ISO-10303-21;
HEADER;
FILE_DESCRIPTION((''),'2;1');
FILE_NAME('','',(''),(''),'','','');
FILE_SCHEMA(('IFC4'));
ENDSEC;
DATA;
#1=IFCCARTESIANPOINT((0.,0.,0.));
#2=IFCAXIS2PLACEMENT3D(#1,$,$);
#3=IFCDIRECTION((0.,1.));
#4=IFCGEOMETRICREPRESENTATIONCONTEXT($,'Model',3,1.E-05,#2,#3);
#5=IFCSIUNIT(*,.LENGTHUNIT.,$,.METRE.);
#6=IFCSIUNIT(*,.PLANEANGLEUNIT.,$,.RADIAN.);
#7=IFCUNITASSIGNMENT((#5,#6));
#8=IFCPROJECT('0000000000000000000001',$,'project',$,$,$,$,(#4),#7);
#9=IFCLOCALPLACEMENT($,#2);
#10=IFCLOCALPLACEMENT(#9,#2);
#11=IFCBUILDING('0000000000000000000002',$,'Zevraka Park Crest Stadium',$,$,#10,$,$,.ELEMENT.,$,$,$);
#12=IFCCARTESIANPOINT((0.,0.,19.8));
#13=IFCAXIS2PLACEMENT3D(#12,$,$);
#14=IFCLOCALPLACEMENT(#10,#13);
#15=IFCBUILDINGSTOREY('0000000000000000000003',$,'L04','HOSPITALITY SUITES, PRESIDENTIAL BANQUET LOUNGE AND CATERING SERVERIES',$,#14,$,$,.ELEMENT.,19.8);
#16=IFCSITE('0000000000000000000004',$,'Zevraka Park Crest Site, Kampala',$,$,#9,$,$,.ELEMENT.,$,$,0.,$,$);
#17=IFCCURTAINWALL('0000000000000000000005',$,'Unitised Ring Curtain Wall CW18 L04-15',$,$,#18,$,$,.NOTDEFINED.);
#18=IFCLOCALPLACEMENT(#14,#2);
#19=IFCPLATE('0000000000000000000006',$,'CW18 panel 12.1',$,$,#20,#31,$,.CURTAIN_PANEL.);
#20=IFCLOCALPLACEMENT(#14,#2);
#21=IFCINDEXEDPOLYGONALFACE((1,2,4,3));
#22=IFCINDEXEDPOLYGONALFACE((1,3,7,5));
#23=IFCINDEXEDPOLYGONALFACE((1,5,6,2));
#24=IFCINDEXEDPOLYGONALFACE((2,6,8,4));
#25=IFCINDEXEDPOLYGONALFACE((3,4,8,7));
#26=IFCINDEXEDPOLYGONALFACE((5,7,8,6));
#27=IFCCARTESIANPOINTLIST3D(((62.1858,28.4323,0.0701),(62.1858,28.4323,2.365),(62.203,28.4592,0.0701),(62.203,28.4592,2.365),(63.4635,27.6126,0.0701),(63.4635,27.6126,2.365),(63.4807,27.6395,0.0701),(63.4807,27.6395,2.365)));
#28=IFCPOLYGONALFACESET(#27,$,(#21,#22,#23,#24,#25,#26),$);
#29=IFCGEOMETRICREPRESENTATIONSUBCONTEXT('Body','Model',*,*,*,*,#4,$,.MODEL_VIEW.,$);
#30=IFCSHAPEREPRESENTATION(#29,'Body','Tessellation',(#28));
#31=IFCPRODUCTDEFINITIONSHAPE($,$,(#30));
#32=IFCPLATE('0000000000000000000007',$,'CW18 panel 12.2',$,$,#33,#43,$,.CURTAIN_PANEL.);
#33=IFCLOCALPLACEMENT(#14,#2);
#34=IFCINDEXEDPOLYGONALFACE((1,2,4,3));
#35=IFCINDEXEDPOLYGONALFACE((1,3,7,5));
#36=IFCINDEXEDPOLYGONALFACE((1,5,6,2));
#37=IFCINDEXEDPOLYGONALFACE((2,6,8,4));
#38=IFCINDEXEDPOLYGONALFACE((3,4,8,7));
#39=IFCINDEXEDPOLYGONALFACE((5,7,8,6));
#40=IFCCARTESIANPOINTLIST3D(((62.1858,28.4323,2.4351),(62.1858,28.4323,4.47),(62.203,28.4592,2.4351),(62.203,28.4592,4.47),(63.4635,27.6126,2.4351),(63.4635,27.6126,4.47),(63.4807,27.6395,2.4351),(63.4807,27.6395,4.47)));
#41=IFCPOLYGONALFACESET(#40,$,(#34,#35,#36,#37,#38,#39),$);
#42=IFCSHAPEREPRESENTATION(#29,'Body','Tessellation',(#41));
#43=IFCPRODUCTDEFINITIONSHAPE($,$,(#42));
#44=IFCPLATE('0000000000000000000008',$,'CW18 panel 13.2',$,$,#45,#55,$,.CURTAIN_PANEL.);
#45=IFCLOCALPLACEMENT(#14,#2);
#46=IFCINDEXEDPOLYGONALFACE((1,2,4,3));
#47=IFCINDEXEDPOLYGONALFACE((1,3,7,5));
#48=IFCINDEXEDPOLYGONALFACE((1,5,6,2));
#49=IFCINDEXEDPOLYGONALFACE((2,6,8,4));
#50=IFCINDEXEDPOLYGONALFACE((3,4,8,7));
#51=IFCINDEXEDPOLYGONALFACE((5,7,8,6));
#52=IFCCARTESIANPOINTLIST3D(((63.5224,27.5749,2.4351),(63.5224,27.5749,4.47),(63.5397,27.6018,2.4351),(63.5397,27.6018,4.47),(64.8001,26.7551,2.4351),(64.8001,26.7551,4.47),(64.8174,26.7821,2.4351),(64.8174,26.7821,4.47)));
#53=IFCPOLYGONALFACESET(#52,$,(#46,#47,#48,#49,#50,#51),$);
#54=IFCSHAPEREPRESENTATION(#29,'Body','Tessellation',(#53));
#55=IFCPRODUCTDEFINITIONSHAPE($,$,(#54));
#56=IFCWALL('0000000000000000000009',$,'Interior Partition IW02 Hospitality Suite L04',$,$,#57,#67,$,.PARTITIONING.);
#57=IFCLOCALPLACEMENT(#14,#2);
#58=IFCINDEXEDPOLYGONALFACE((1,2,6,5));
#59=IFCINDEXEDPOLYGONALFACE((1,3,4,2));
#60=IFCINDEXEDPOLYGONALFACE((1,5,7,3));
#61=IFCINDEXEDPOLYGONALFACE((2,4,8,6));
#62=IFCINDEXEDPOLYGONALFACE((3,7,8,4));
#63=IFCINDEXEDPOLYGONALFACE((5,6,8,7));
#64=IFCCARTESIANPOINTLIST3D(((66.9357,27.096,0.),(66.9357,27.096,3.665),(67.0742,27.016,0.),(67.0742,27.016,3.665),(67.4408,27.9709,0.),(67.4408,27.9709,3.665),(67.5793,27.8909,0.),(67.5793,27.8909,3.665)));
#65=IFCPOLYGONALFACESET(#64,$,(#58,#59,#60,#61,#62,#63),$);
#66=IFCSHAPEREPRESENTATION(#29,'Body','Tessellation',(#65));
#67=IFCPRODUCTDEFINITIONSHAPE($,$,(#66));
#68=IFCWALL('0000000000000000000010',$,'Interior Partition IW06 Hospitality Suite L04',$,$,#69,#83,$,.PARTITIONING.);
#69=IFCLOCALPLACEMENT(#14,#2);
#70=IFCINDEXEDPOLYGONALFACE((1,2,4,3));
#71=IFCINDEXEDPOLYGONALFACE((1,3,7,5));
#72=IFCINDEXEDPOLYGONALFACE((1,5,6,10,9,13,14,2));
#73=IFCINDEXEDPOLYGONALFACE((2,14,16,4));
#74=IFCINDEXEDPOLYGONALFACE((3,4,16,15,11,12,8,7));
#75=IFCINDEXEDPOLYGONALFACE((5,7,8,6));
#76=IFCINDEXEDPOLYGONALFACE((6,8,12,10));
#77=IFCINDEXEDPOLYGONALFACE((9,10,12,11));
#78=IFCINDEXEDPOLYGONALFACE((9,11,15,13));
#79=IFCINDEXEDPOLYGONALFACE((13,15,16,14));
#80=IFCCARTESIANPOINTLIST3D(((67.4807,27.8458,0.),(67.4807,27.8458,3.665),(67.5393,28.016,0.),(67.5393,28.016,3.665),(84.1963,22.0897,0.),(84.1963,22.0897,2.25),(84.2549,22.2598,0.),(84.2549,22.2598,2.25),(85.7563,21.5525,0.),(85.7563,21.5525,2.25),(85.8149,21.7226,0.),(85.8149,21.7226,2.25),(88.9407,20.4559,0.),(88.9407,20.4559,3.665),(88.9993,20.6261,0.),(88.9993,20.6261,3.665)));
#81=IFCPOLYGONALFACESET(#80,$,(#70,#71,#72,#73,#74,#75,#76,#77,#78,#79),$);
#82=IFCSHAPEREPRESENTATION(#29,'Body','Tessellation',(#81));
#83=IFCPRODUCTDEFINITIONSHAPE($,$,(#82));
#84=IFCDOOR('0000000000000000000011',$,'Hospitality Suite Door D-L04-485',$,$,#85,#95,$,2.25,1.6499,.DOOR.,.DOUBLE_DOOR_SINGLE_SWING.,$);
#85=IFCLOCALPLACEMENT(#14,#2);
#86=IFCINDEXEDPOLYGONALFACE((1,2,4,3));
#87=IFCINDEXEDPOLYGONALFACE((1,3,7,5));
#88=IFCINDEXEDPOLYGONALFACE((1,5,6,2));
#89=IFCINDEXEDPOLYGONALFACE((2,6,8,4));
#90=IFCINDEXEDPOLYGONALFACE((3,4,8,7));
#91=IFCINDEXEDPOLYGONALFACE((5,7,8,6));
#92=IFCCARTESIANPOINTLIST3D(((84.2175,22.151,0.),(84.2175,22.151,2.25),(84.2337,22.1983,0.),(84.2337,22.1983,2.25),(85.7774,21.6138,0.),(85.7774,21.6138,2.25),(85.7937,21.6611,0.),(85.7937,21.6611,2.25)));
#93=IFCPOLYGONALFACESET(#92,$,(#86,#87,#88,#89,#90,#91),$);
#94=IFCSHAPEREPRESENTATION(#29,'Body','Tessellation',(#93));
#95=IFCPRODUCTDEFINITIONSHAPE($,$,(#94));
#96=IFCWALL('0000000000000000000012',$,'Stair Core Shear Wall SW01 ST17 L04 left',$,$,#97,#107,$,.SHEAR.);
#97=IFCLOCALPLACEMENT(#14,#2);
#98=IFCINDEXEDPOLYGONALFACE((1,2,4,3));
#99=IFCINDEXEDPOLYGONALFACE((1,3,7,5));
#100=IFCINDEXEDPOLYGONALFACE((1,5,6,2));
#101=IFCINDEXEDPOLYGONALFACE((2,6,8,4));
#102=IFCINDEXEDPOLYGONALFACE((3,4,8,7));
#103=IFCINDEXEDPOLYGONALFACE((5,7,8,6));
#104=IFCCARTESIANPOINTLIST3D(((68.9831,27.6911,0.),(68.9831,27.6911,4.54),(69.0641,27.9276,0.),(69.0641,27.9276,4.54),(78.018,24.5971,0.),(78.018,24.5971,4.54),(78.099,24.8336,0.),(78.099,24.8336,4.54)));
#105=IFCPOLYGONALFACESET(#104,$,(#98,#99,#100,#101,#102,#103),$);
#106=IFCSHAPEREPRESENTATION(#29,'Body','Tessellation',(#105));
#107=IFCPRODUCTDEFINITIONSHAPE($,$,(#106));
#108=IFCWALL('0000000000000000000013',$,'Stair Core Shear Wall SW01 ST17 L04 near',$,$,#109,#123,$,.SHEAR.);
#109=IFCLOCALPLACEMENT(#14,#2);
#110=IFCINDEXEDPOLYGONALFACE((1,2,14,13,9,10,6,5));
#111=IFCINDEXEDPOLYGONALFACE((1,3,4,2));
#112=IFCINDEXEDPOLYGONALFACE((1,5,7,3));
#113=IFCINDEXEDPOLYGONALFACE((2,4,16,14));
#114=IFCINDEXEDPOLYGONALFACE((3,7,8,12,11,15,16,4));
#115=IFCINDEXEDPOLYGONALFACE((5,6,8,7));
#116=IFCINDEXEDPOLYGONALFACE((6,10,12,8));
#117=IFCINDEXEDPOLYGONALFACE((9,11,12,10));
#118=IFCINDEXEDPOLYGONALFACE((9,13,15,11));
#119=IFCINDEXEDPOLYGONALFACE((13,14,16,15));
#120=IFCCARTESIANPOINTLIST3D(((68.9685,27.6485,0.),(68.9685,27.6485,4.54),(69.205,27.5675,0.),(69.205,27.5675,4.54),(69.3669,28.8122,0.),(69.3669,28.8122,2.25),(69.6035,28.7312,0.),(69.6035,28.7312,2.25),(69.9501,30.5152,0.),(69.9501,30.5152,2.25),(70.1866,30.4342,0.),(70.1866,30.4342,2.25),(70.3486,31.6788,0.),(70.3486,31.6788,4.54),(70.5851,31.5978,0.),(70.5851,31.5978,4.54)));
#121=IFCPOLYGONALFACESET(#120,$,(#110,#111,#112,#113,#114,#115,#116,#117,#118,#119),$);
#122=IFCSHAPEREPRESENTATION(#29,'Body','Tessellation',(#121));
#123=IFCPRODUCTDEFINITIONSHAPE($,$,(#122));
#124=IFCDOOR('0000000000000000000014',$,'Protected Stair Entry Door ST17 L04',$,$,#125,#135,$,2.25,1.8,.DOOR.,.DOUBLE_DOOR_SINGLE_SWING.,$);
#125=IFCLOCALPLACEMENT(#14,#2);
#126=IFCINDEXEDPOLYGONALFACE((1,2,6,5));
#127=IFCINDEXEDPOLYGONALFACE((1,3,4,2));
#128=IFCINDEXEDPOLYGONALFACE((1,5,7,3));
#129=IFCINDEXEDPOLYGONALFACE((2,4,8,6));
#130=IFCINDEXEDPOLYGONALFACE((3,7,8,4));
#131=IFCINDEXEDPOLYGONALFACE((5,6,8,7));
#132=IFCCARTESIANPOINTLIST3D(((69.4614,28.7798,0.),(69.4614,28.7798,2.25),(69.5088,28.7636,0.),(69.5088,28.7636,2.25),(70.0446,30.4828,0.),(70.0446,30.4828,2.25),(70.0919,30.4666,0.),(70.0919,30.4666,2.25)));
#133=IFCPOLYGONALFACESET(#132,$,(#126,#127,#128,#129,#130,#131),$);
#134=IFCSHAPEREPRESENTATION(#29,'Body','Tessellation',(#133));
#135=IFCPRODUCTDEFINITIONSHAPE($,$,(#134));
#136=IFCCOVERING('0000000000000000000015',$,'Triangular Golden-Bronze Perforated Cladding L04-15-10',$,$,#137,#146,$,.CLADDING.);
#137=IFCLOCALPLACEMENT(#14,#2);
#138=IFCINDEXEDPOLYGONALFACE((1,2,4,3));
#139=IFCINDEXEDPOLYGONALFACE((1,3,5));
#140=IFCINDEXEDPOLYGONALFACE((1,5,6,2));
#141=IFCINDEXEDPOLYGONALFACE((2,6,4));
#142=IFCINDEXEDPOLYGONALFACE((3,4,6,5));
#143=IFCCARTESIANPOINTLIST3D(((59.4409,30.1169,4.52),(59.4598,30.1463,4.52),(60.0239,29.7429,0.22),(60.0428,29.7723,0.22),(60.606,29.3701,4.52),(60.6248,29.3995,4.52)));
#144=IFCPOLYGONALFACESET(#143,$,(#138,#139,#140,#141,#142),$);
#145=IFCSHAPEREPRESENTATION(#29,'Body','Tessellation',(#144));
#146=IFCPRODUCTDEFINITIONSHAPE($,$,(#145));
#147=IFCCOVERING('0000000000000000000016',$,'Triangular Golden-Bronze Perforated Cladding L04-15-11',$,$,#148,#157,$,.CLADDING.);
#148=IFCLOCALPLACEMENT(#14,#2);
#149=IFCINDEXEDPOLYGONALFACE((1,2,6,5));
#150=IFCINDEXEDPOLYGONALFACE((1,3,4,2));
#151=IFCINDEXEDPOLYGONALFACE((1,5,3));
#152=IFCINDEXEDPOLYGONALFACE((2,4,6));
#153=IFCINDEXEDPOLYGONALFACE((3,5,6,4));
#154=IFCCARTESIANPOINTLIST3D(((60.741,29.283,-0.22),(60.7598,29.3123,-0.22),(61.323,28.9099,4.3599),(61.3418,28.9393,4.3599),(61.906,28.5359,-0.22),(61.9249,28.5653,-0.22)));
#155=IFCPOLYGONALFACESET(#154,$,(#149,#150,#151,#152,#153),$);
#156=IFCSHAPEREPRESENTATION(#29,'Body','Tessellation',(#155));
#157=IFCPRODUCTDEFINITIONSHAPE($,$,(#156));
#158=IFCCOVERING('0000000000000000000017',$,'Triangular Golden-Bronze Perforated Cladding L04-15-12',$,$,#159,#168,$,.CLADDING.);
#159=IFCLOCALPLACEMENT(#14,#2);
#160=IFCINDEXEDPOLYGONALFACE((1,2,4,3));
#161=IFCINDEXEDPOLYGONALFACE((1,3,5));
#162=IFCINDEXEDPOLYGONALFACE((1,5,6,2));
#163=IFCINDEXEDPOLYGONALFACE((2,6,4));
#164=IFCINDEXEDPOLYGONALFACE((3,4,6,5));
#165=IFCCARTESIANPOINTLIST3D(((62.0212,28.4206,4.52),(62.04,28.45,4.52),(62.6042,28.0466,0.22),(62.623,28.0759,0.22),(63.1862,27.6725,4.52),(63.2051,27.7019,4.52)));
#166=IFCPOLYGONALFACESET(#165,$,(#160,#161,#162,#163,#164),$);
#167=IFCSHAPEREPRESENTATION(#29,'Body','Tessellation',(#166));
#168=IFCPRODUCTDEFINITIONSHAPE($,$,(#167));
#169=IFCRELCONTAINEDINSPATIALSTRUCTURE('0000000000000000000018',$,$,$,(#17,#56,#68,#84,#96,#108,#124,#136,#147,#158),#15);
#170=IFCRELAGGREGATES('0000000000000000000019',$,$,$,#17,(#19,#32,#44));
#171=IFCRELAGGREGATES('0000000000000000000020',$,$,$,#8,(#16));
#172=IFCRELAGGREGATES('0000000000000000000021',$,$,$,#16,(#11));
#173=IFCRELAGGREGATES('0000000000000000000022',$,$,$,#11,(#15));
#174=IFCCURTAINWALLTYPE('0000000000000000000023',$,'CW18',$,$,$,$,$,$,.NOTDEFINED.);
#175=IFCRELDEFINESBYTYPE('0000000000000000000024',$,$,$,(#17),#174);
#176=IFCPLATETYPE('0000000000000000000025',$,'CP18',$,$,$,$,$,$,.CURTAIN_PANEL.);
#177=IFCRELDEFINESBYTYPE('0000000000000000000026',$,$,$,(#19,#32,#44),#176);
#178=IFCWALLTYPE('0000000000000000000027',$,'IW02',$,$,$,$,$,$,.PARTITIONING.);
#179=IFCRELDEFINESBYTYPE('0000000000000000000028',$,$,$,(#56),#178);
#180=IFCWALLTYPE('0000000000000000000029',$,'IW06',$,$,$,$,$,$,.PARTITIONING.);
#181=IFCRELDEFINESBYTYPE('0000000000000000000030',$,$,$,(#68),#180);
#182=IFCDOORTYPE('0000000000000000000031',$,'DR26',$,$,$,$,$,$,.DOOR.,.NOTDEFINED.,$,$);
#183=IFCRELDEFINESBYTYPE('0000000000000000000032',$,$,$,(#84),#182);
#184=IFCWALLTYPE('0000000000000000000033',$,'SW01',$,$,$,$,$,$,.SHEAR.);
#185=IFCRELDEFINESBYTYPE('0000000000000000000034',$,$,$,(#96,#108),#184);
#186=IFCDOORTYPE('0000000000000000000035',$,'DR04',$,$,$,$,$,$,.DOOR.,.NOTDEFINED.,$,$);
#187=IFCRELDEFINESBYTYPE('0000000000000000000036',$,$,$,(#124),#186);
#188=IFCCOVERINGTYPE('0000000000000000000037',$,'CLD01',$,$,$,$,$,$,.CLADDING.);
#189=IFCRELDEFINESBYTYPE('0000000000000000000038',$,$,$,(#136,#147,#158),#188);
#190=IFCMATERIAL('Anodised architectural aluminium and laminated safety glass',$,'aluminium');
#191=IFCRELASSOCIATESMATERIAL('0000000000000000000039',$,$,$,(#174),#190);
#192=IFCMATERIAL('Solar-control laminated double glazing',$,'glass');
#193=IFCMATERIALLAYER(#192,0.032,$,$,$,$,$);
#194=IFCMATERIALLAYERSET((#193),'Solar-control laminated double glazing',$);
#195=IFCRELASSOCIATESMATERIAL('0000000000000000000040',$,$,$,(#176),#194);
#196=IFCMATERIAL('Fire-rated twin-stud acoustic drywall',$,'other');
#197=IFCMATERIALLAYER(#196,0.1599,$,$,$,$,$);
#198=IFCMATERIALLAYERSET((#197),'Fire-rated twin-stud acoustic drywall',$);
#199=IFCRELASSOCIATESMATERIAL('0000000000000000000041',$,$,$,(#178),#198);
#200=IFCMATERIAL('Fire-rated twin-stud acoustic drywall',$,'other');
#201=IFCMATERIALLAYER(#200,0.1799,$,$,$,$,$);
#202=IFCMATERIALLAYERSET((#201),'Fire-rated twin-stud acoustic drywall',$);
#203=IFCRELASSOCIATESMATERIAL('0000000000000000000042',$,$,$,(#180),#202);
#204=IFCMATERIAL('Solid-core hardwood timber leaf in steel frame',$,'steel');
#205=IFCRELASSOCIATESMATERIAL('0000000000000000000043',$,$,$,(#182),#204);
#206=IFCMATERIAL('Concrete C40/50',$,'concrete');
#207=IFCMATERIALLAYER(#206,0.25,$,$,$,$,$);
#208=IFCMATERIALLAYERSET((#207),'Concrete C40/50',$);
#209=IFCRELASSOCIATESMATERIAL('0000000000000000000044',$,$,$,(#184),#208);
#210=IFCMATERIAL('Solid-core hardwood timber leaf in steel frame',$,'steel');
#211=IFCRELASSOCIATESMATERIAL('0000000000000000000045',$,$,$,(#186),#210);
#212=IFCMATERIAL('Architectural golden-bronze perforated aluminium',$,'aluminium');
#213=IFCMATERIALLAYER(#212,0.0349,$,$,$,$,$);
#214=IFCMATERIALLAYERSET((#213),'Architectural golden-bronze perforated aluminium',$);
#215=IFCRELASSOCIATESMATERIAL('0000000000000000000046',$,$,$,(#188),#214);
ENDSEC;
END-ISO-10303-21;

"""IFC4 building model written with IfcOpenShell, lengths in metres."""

from ifc_helpers import new_model, si_unit, direction, frame, frame_2d, origin, origin_2d, place, context, subcontext, project, spatial, polyline, rectangle, outline, extrude, material, layer, layer_set, type_object, element, fill, aggregate, save


model = new_model("IFC4")

# Units and contexts
model_context = context("Model", 3, precision=1e-05, world=origin(), true_north=direction((0.0, 1.0)))
body_context = subcontext(model_context, "Body", "Model", "MODEL_VIEW")
ifc_project = project(units=[si_unit("LENGTHUNIT", "METRE"), si_unit("PLANEANGLEUNIT", "RADIAN")], contexts=[model_context])

# Site, building, storey
site_placement = place(None, origin())
site = spatial("IfcSite", under=ifc_project, at=site_placement, Name="Zevraka Park Crest Site, Kampala", CompositionType="ELEMENT", RefElevation=0.0)
building_placement = place(site_placement, origin())
building = spatial("IfcBuilding", under=site, at=building_placement, Name="Zevraka Park Crest Stadium", CompositionType="ELEMENT")
storey_placement = place(building_placement, frame((0.0, 0.0, 19.8)))
storey = spatial("IfcBuildingStorey", under=building, at=storey_placement, Name="L04", Description="HOSPITALITY SUITES, PRESIDENTIAL BANQUET LOUNGE AND CATERING SERVERIES", CompositionType="ELEMENT", Elevation=19.8)

# Curtain wall, plates
ifc_material_1 = material(Name="Anodised architectural aluminium and laminated safety glass", Category="aluminium")
curtain_wall_type = type_object("IfcCurtainWallType", Name="CW18", PredefinedType="NOTDEFINED", material=ifc_material_1)
curtain_wall_placement = place(storey_placement, origin())
curtain_wall = element("IfcCurtainWall", 1, at=curtain_wall_placement, inside=storey, type_object=curtain_wall_type, Name="Unitised Ring Curtain Wall CW18 L04-15", PredefinedType="NOTDEFINED")
ifc_material_2 = material(Name="Solar-control laminated double glazing", Category="glass")
ifc_layer_1 = layer(ifc_material_2, 0.032)
ifc_layer_set_1 = layer_set([ifc_layer_1], Name="Solar-control laminated double glazing")
plate_type = type_object("IfcPlateType", Name="CP18", PredefinedType="CURTAIN_PANEL", material=ifc_layer_set_1)
plate_1_placement = place(storey_placement, frame((62.8333, 28.0359, 0.0701), z_axis=(0.0, 0.0, 1.0), x_axis=(0.841678, -0.53998, 0.0)))
plate_1 = element("IfcPlate", 2, at=plate_1_placement, type_object=plate_type, Name="CW18 panel 12.1", PredefinedType="CURTAIN_PANEL", context=body_context, shape_type="SweptSolid", body=[
    extrude(rectangle(XDim=1.5181, YDim=0.032, at=origin_2d()), origin(), (0.0, 0.0, 1.0), 2.2949),
])
plate_2_placement = place(storey_placement, frame((62.8333, 28.0359, 2.4351), z_axis=(0.0, 0.0, 1.0), x_axis=(0.841678, -0.53998, 0.0)))
plate_2 = element("IfcPlate", 3, at=plate_2_placement, type_object=plate_type, Name="CW18 panel 12.2", PredefinedType="CURTAIN_PANEL", context=body_context, shape_type="SweptSolid", body=[
    extrude(rectangle(XDim=1.5181, YDim=0.032, at=origin_2d()), origin(), (0.0, 0.0, 1.0), 2.0349),
])
plate_3_placement = place(storey_placement, frame((64.1699, 27.1785, 2.4351), z_axis=(0.0, 0.0, 1.0), x_axis=(0.841678, -0.53998, 0.0)))
plate_3 = element("IfcPlate", 4, at=plate_3_placement, type_object=plate_type, Name="CW18 panel 13.2", PredefinedType="CURTAIN_PANEL", context=body_context, shape_type="SweptSolid", body=[
    extrude(rectangle(XDim=1.5181, YDim=0.032, at=origin_2d()), origin(), (0.0, 0.0, 1.0), 2.0349),
])
aggregate(curtain_wall, [plate_1, plate_2, plate_3])

# Wall
ifc_material_3 = material(Name="Fire-rated twin-stud acoustic drywall", Category="other")
ifc_layer_2 = layer(ifc_material_3, 0.1599)
ifc_layer_set_2 = layer_set([ifc_layer_2], Name="Fire-rated twin-stud acoustic drywall")
wall_type_1 = type_object("IfcWallType", Name="IW02", PredefinedType="PARTITIONING", material=ifc_layer_set_2)
wall_1_placement = place(storey_placement, frame((67.51, 27.9309, 0.0), z_axis=(0.0, 0.0, 1.0), x_axis=(-0.49996, -0.866049, 0.0)))
element("IfcWall", 5, at=wall_1_placement, inside=storey, type_object=wall_type_1, Name="Interior Partition IW02 Hospitality Suite L04", PredefinedType="PARTITIONING", context=body_context, shape_type="SweptSolid", body=[
    extrude(rectangle(XDim=1.0103, YDim=0.1599, at=frame_2d((0.5051, 0.0))), origin(), (0.0, 0.0, 1.0), 3.665),
])

# Wall, opening, door
ifc_material_4 = material(Name="Fire-rated twin-stud acoustic drywall", Category="other")
ifc_layer_3 = layer(ifc_material_4, 0.1799)
ifc_layer_set_3 = layer_set([ifc_layer_3], Name="Fire-rated twin-stud acoustic drywall")
wall_type_2 = type_object("IfcWallType", Name="IW06", PredefinedType="PARTITIONING", material=ifc_layer_set_3)
wall_2_placement = place(storey_placement, frame((67.51, 27.9309, 0.0), z_axis=(0.0, 0.0, 1.0), x_axis=(0.94551, -0.325593, 0.0)))
wall_2 = element("IfcWall", 6, at=wall_2_placement, inside=storey, type_object=wall_type_2, Name="Interior Partition IW06 Hospitality Suite L04", PredefinedType="PARTITIONING", context=body_context, shape_type="SweptSolid", body=[
    extrude(rectangle(XDim=22.6968, YDim=0.1799, at=frame_2d((11.3484, 0.0))), origin(), (0.0, 0.0, 1.0), 3.665),
])
opening_1_placement = place(wall_2_placement, frame((17.679, 0.0, 0.0)))
opening_1 = element("IfcOpeningElement", 7, at=opening_1_placement, cuts=wall_2, PredefinedType="OPENING", context=body_context, shape_type="SweptSolid", body=[
    extrude(rectangle(XDim=1.6499, YDim=2.25, at=frame_2d((0.825, 1.125))), frame((0.0, 0.0999, 0.0), z_axis=(0.0, -1.0, 0.0), x_axis=(1.0, 0.0, 0.0)), (0.0, 0.0, 1.0), 0.2),
])
ifc_material_5 = material(Name="Solid-core hardwood timber leaf in steel frame", Category="steel")
door_type_1 = type_object("IfcDoorType", Name="DR26", OperationType="NOTDEFINED", PredefinedType="DOOR", material=ifc_material_5)
door_1_placement = place(opening_1_placement, origin())
door_1 = element("IfcDoor", 8, at=door_1_placement, inside=storey, type_object=door_type_1, Name="Hospitality Suite Door D-L04-485", OperationType="DOUBLE_DOOR_SINGLE_SWING", OverallHeight=2.25, OverallWidth=1.6499, PredefinedType="DOOR", context=body_context, shape_type="SweptSolid", body=[
    extrude(rectangle(XDim=1.6499, YDim=2.25, at=frame_2d((0.825, 1.125))), frame((0.0, 0.0249, 0.0), z_axis=(0.0, -1.0, 0.0), x_axis=(1.0, 0.0, 0.0)), (0.0, 0.0, 1.0), 0.05),
])
fill(opening_1, door_1)

# Wall
ifc_material_6 = material(Name="Concrete C40/50", Category="concrete")
ifc_layer_4 = layer(ifc_material_6, 0.25)
ifc_layer_set_4 = layer_set([ifc_layer_4], Name="Concrete C40/50")
wall_type_3 = type_object("IfcWallType", Name="SW01", PredefinedType="SHEAR", material=ifc_layer_set_4)
wall_3_placement = place(storey_placement, frame((69.0237, 27.8093, 0.0), z_axis=(0.0, 0.0, 1.0), x_axis=(0.946064, -0.323979, 0.0)))
element("IfcWall", 9, at=wall_3_placement, inside=storey, type_object=wall_type_3, Name="Stair Core Shear Wall SW01 ST17 L04 left", PredefinedType="SHEAR", context=body_context, shape_type="SweptSolid", body=[
    extrude(rectangle(XDim=9.55, YDim=0.25, at=frame_2d((4.7749, 0.0))), origin(), (0.0, 0.0, 1.0), 4.54),
])

# Wall, opening, door
wall_4_placement = place(storey_placement, frame((70.4668, 31.6382, 0.0), z_axis=(0.0, 0.0, 1.0), x_axis=(-0.323971, -0.946067, 0.0)))
wall_4 = element("IfcWall", 10, at=wall_4_placement, inside=storey, type_object=wall_type_3, Name="Stair Core Shear Wall SW01 ST17 L04 near", PredefinedType="SHEAR", context=body_context, shape_type="SweptSolid", body=[
    extrude(rectangle(XDim=4.26, YDim=0.25, at=frame_2d((2.1299, 0.0))), origin(), (0.0, 0.0, 1.0), 4.54),
])
opening_2_placement = place(wall_4_placement, frame((1.23, 0.0, 0.0)))
opening_2 = element("IfcOpeningElement", 11, at=opening_2_placement, cuts=wall_4, PredefinedType="OPENING", context=body_context, shape_type="SweptSolid", body=[
    extrude(rectangle(XDim=1.8, YDim=2.25, at=frame_2d((0.8999, 1.125))), frame((0.0, 0.135, 0.0), z_axis=(0.0, -1.0, 0.0), x_axis=(1.0, 0.0, 0.0)), (0.0, 0.0, 1.0), 0.27),
])
ifc_material_7 = material(Name="Solid-core hardwood timber leaf in steel frame", Category="steel")
door_type_2 = type_object("IfcDoorType", Name="DR04", OperationType="NOTDEFINED", PredefinedType="DOOR", material=ifc_material_7)
door_2_placement = place(opening_2_placement, origin())
door_2 = element("IfcDoor", 12, at=door_2_placement, inside=storey, type_object=door_type_2, Name="Protected Stair Entry Door ST17 L04", OperationType="DOUBLE_DOOR_SINGLE_SWING", OverallHeight=2.25, OverallWidth=1.8, PredefinedType="DOOR", context=body_context, shape_type="SweptSolid", body=[
    extrude(rectangle(XDim=1.8, YDim=2.25, at=frame_2d((0.8999, 1.125))), frame((0.0, 0.0249, 0.0), z_axis=(0.0, -1.0, 0.0), x_axis=(1.0, 0.0, 0.0)), (0.0, 0.0, 1.0), 0.05),
])
fill(opening_2, door_2)

# Coverings
ifc_material_8 = material(Name="Architectural golden-bronze perforated aluminium", Category="aluminium")
ifc_layer_5 = layer(ifc_material_8, 0.0349)
ifc_layer_set_5 = layer_set([ifc_layer_5], Name="Architectural golden-bronze perforated aluminium")
covering_type = type_object("IfcCoveringType", Name="CLD01", PredefinedType="CLADDING", material=ifc_layer_set_5)
covering_1_placement = place(storey_placement, frame((60.606, 29.3701, 4.52), z_axis=(-0.539669, -0.841877, 0.000058), x_axis=(-0.841877, 0.539669, 0.0)))
element("IfcCovering", 13, at=covering_1_placement, inside=storey, type_object=covering_type, Name="Triangular Golden-Bronze Perforated Cladding L04-15-10", PredefinedType="CLADDING", context=body_context, shape_type="SweptSolid", body=[
    extrude(outline(polyline([(0.0, 0.0), (1.3839, 0.0), (0.6912, 4.3), (0.0, 0.0)])), origin(), (0.0, 0.0, -1.0), 0.0349),
])
covering_2_placement = place(storey_placement, frame((60.741, 29.283, -0.22), z_axis=(-0.539794, -0.841797, 0.000032), x_axis=(0.841797, -0.539794, 0.0)))
element("IfcCovering", 14, at=covering_2_placement, inside=storey, type_object=covering_type, Name="Triangular Golden-Bronze Perforated Cladding L04-15-11", PredefinedType="CLADDING", context=body_context, shape_type="SweptSolid", body=[
    extrude(outline(polyline([(0.0, 0.0), (1.384, 0.0), (0.6913, 4.5798), (0.0, 0.0)])), origin(), (0.0, 0.0, -1.0), 0.0349),
])
covering_3_placement = place(storey_placement, frame((63.2051, 27.7019, 4.52), z_axis=(0.540294, 0.841476, 0.000061), x_axis=(-0.841476, 0.540294, 0.0)))
element("IfcCovering", 15, at=covering_3_placement, inside=storey, type_object=covering_type, Name="Triangular Golden-Bronze Perforated Cladding L04-15-12", PredefinedType="CLADDING", context=body_context, shape_type="SweptSolid", body=[
    extrude(outline(polyline([(0.0, 0.0), (1.3845, 0.0), (0.6918, -4.3), (0.0, 0.0)])), origin(), (0.0, 0.0, -1.0), 0.0349),
])

save(model, "model.ifc")
